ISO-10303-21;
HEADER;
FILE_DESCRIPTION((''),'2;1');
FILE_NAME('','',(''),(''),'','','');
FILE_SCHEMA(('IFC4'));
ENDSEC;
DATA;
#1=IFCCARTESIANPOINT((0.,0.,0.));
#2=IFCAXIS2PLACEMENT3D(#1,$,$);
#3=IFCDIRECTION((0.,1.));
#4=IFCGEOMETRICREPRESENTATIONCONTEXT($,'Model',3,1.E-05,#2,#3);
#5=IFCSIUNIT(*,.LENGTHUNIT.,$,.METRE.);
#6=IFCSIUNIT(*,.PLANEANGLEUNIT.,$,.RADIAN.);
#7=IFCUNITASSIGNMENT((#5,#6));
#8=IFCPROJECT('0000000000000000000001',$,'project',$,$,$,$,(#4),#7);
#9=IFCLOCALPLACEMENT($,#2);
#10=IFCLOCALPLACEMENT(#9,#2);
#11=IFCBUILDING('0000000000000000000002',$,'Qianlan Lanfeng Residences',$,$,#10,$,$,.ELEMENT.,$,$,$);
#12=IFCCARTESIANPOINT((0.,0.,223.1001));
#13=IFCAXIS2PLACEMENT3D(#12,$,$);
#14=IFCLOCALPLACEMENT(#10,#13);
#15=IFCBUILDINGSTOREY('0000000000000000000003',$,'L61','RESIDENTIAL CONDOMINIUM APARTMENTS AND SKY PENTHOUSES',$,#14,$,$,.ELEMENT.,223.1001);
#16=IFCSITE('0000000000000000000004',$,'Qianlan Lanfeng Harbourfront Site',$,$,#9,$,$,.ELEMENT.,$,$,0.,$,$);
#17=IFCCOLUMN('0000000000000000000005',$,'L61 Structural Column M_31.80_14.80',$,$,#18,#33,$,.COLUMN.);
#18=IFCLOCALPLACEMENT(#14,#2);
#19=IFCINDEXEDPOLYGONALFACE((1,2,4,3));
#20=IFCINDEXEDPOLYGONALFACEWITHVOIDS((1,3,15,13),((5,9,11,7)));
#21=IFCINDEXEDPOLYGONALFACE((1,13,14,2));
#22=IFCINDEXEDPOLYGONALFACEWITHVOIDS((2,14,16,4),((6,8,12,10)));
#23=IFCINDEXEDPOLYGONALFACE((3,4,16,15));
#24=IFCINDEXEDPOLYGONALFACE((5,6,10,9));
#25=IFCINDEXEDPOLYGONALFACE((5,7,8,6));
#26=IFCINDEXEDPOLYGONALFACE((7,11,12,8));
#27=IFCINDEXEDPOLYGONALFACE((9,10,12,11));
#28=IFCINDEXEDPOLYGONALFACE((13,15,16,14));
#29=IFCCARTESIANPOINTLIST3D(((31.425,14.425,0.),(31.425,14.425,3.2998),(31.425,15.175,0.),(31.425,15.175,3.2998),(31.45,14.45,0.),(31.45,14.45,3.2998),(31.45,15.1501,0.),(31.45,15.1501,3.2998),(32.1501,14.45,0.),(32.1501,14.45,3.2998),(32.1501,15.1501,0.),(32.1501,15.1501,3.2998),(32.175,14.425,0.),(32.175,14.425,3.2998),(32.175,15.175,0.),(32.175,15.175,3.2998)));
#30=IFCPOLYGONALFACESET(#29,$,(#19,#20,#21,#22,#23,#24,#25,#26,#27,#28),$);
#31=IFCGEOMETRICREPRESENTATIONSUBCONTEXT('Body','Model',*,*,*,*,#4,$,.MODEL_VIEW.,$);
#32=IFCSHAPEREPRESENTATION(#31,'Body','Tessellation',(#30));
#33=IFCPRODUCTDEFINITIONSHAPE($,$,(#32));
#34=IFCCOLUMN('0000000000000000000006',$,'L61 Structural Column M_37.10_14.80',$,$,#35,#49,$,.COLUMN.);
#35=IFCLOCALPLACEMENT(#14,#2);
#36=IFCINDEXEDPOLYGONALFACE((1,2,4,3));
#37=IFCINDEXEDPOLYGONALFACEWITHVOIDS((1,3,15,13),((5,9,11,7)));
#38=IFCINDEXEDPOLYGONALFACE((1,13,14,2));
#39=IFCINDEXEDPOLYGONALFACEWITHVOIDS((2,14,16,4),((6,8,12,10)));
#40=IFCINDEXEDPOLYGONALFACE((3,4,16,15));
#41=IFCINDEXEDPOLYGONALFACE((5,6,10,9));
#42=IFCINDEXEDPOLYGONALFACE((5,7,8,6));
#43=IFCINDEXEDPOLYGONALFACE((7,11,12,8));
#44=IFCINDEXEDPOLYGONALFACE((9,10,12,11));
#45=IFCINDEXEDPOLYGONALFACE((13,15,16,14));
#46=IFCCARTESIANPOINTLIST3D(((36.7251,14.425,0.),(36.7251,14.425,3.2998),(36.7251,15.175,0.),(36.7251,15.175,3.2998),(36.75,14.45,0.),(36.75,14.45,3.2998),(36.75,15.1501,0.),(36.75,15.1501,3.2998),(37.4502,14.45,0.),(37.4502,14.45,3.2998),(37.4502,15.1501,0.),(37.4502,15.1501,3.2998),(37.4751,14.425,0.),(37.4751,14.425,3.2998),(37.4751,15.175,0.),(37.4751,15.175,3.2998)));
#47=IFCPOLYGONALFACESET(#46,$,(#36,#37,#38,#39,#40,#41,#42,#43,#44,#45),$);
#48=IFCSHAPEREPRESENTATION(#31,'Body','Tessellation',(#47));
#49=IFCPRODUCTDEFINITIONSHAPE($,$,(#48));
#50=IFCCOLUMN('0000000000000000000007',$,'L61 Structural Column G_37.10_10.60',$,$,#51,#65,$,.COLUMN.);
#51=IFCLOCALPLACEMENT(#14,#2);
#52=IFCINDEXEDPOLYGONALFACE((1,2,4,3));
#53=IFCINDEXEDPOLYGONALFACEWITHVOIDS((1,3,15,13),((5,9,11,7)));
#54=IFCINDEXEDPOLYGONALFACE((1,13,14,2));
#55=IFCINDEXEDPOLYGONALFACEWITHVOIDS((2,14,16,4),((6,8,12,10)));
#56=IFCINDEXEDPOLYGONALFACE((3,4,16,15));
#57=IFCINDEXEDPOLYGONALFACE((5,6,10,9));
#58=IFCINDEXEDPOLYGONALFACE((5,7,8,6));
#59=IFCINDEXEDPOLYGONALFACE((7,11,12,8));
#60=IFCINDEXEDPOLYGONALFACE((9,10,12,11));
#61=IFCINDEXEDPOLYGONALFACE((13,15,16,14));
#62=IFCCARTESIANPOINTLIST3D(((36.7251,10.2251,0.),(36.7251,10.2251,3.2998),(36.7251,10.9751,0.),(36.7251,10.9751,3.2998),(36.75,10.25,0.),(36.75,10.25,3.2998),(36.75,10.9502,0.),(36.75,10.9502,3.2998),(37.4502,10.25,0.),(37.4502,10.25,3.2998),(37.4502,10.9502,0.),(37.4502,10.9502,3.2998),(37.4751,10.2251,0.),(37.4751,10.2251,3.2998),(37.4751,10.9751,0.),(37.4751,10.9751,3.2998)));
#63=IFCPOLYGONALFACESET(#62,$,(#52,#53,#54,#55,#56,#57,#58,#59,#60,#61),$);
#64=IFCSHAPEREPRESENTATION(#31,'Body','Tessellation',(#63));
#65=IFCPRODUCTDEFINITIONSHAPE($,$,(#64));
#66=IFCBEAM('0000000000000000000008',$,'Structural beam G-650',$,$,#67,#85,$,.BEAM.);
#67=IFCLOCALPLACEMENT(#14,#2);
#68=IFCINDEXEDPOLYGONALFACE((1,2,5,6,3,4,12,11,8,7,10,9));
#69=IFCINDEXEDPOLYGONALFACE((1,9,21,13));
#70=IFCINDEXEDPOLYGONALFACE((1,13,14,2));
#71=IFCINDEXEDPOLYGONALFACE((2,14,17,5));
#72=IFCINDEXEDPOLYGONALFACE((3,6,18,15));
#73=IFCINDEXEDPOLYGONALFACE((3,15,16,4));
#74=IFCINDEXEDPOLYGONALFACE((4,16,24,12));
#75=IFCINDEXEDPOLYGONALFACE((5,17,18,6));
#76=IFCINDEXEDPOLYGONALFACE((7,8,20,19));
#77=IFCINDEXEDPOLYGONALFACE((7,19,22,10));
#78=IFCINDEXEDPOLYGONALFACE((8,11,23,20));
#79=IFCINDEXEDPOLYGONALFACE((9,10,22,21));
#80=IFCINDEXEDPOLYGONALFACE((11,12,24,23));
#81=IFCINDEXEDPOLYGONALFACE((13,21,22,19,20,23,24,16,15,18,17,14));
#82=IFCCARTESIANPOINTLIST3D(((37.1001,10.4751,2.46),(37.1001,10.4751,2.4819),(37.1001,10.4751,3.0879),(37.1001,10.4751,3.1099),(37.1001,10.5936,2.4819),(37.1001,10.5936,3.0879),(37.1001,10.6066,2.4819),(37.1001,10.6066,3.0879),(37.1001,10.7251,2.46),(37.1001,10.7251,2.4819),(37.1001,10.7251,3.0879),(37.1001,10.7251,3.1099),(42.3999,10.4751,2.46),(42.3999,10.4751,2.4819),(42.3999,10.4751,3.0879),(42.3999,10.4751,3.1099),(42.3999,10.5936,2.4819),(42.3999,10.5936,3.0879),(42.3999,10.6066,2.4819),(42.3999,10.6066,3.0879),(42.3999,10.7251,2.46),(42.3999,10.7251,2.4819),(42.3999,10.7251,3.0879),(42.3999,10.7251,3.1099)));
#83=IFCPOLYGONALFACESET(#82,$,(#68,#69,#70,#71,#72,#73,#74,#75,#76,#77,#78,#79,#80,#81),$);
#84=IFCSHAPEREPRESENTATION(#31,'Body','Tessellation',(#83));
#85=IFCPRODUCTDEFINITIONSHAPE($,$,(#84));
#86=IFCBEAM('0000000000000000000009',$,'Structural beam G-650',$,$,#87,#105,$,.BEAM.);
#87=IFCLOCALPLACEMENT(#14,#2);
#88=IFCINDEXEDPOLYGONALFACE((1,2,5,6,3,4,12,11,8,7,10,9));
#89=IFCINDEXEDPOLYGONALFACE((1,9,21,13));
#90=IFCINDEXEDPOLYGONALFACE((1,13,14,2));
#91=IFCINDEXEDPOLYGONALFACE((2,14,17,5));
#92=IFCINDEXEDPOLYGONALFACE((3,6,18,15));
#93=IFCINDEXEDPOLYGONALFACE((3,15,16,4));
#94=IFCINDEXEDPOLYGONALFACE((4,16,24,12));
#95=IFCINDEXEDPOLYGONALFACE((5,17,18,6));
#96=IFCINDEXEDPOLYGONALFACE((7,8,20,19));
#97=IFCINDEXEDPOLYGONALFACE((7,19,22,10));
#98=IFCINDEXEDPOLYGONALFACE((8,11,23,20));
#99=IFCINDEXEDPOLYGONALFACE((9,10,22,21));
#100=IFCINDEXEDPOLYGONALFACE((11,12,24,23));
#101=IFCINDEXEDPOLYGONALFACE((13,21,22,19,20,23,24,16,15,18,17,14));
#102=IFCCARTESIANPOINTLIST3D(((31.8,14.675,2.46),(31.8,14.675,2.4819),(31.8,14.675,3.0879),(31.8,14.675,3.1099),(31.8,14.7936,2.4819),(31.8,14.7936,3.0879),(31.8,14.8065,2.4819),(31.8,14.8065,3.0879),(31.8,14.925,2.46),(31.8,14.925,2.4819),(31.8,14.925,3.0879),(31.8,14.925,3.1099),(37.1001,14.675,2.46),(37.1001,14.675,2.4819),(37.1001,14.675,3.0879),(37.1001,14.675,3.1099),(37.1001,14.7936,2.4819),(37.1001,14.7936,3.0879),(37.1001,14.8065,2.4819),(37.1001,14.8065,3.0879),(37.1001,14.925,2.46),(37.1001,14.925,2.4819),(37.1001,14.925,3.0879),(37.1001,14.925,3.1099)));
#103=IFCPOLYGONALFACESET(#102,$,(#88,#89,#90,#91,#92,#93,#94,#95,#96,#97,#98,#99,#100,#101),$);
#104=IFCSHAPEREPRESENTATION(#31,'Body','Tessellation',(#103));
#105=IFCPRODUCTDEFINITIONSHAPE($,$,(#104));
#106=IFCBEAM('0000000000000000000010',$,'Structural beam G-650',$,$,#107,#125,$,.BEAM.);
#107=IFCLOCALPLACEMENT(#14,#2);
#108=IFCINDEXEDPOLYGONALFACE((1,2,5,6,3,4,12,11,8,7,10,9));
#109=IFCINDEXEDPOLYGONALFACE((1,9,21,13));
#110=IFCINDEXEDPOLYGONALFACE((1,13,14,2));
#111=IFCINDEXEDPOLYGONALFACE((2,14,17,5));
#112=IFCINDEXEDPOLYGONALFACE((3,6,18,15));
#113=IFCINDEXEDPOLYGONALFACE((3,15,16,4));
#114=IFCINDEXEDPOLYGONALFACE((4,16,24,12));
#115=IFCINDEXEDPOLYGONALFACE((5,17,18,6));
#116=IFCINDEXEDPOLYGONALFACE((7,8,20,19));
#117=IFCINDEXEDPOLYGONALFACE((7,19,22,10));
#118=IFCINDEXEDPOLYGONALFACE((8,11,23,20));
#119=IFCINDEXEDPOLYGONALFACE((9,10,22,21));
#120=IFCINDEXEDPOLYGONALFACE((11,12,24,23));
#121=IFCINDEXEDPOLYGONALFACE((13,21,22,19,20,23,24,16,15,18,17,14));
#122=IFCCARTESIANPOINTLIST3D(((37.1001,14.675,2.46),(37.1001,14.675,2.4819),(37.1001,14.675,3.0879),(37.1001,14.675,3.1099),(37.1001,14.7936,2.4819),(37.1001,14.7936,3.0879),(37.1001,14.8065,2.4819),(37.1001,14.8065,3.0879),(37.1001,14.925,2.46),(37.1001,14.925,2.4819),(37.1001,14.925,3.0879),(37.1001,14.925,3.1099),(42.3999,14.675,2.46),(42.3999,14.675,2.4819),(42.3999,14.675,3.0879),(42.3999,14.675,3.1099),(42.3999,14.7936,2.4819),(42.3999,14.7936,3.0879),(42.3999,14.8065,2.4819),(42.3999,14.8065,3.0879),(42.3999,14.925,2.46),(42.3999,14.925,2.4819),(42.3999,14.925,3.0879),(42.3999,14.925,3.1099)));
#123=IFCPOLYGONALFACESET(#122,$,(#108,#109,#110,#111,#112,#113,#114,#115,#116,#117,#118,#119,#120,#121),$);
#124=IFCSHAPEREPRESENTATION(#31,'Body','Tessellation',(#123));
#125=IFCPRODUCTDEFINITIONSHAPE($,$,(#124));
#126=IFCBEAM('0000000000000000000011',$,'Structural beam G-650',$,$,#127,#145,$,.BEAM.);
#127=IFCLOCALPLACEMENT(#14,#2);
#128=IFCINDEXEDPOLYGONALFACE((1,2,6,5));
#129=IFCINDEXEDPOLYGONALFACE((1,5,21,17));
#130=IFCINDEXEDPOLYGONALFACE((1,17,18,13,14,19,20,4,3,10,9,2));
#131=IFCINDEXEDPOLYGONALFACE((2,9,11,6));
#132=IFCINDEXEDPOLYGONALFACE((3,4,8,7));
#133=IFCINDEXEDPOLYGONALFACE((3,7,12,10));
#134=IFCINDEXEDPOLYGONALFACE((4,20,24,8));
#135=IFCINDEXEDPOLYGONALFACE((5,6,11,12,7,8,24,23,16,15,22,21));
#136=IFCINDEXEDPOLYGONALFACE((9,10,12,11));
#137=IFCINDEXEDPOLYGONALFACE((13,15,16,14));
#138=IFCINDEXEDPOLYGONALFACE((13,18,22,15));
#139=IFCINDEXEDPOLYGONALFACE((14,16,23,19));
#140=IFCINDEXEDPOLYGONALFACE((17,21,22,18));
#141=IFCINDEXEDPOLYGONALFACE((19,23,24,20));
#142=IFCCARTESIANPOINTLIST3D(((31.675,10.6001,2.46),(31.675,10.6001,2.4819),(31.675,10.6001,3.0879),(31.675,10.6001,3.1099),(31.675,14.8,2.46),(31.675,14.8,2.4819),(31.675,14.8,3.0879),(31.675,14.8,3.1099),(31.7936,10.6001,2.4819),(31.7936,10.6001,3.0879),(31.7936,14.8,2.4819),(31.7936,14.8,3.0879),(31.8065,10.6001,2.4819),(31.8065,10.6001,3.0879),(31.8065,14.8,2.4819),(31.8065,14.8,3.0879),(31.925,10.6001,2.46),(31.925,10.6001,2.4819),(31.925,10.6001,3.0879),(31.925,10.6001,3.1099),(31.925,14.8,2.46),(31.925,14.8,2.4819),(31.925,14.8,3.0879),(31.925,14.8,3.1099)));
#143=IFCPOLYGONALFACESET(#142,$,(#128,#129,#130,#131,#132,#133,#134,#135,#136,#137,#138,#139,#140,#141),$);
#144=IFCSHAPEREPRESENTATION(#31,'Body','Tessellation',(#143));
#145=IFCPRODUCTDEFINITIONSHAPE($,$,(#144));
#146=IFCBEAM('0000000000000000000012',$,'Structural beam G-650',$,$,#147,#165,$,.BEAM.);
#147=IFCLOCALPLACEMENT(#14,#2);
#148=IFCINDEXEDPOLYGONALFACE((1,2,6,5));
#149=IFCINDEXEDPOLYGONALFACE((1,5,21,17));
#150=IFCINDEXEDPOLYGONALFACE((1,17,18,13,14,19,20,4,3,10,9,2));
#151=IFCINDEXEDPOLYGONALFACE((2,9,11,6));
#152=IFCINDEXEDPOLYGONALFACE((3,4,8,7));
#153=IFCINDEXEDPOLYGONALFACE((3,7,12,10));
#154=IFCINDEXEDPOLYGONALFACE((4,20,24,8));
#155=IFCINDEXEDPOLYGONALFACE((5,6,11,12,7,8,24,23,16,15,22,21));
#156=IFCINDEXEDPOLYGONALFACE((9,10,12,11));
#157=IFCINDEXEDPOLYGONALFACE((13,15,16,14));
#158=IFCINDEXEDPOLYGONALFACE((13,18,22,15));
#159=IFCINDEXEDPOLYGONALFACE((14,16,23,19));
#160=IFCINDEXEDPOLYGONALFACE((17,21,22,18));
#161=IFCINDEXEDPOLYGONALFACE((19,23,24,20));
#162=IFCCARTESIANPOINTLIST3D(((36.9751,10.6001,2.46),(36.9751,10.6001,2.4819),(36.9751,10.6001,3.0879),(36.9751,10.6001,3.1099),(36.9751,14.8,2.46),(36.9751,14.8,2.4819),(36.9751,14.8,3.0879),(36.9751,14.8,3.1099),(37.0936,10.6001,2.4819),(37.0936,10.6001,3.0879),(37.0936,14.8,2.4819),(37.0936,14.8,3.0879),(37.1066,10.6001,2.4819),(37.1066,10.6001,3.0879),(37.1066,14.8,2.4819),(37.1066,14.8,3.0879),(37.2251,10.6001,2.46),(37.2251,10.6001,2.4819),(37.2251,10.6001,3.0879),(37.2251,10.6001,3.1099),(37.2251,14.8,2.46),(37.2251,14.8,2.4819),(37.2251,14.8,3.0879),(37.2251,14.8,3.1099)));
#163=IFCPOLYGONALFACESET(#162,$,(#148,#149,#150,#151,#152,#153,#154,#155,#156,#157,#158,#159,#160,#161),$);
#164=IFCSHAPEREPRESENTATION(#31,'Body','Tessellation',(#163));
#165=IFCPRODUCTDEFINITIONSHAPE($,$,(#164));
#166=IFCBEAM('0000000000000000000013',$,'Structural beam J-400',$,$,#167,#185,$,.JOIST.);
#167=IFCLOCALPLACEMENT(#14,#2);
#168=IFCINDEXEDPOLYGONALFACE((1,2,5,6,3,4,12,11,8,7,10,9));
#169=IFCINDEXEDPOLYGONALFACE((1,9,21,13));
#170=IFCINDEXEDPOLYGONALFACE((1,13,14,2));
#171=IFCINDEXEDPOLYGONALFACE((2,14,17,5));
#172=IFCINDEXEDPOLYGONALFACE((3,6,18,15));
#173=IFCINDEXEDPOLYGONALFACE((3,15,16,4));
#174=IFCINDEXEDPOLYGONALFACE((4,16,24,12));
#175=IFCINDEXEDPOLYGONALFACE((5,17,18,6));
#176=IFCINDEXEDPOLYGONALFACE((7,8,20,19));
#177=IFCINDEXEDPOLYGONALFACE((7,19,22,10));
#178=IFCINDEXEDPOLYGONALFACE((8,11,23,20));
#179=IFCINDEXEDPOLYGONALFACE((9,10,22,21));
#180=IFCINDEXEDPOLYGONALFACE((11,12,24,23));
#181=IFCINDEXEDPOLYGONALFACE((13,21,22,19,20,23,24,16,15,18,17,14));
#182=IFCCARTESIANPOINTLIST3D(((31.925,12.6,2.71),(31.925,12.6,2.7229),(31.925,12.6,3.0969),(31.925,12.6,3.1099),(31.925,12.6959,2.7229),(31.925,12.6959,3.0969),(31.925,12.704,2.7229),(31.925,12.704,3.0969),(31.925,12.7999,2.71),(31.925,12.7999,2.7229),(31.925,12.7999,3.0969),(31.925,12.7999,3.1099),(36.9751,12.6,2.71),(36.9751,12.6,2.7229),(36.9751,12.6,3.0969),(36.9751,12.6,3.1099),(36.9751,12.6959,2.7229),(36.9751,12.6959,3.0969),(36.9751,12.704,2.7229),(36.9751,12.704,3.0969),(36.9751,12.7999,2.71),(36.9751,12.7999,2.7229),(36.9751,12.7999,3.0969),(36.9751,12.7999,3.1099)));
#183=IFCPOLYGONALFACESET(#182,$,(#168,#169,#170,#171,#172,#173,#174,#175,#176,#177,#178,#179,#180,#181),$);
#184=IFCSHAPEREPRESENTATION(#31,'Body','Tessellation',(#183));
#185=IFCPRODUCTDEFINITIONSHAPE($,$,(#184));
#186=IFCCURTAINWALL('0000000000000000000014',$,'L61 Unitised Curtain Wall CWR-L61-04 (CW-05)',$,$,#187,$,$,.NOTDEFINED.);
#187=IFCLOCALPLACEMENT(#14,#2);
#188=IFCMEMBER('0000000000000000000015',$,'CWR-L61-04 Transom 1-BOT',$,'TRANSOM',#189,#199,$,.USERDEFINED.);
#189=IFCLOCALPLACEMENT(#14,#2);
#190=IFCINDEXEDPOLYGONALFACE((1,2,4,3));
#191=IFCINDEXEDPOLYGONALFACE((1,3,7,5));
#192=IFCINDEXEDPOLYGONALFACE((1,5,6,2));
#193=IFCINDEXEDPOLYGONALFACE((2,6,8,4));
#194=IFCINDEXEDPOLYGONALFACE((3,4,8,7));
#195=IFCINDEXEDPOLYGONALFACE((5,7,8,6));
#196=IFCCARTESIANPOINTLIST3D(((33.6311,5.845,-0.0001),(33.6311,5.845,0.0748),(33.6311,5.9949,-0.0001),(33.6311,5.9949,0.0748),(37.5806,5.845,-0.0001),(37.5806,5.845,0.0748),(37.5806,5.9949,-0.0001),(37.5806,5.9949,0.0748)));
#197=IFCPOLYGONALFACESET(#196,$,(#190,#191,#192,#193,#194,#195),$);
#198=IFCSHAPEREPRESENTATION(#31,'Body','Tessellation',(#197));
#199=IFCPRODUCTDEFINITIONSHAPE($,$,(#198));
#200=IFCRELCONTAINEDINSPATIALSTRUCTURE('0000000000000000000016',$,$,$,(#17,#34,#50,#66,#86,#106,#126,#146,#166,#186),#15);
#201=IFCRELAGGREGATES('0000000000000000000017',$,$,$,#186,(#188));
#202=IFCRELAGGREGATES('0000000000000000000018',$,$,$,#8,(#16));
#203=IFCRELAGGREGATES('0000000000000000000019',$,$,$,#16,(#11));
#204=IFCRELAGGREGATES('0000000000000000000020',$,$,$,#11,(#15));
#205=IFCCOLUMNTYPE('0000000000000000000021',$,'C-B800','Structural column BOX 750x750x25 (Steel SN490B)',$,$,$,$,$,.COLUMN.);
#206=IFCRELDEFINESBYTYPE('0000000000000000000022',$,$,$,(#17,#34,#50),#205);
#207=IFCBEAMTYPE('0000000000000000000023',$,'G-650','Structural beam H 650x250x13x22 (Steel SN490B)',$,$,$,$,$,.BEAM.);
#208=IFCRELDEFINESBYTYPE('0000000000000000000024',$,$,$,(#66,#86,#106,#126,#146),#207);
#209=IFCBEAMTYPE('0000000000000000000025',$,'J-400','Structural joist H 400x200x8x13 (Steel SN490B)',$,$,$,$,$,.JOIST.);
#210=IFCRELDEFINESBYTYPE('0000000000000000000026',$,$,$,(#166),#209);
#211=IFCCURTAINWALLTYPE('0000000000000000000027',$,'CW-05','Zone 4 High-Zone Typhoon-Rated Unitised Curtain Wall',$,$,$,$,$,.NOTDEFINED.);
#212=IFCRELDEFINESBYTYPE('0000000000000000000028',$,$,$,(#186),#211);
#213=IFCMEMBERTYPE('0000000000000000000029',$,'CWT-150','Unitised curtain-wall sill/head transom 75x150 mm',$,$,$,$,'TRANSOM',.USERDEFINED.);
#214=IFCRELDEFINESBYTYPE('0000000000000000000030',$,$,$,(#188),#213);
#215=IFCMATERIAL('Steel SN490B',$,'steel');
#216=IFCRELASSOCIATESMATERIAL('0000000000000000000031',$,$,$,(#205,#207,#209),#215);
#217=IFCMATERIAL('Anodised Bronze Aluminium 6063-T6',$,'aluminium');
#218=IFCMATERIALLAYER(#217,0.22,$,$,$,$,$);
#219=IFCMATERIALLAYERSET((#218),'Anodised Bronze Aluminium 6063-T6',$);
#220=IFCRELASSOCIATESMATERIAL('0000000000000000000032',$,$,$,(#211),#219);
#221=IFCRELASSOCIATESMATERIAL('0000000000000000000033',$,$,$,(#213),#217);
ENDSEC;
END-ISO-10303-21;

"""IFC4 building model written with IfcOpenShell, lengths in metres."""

from ifc_helpers import new_model, si_unit, direction, frame, origin, origin_2d, place, context, subcontext, project, spatial, rectangle, hollow_rectangle, i_section, extrude, source, transform, mapped, material, layer, layer_set, material_profile, profile_set, type_object, element, aggregate, save


model = new_model("IFC4")

# Units and contexts
model_context = context("Model", 3, precision=1e-05, world=origin(), true_north=direction((0.0, 1.0)))
body_context = subcontext(model_context, "Body", "Model", "MODEL_VIEW")
ifc_project = project(units=[si_unit("LENGTHUNIT", "METRE"), si_unit("PLANEANGLEUNIT", "RADIAN")], contexts=[model_context])

# Site, building, storey
site_placement = place(None, origin())
site = spatial("IfcSite", under=ifc_project, at=site_placement, Name="Qianlan Lanfeng Harbourfront Site", CompositionType="ELEMENT", RefElevation=0.0)
building_placement = place(site_placement, origin())
building = spatial("IfcBuilding", under=site, at=building_placement, Name="Qianlan Lanfeng Residences", CompositionType="ELEMENT")
storey_placement = place(building_placement, frame((0.0, 0.0, 223.1001)))
storey = spatial("IfcBuildingStorey", under=building, at=storey_placement, Name="L61", Description="RESIDENTIAL CONDOMINIUM APARTMENTS AND SKY PENTHOUSES", CompositionType="ELEMENT", Elevation=223.1001)

# Columns
ifc_material_1 = material(Name="Steel SN490B", Category="steel")
ifc_material_profile_1 = material_profile(ifc_material_1, hollow_rectangle(XDim=0.75, YDim=0.75, WallThickness=0.0249, at=origin_2d()), Name="BOX 750x750x25")
ifc_profile_set_1 = profile_set([ifc_material_profile_1], Name="Steel SN490B")
column_type = type_object("IfcColumnType", Name="C-B800", Description="Structural column BOX 750x750x25 (Steel SN490B)", PredefinedType="COLUMN", material=ifc_profile_set_1)
for number, where, z_axis, x_axis, name in (
    (1, (31.8, 14.8, 0.0), (0.0, 0.0, 1.0), (1.0, 0.0, 0.0), "L61 Structural Column M_31.80_14.80"),
    (2, (37.1001, 14.8, 0.0), (0.0, 0.0, 1.0), (1.0, 0.0, 0.0), "L61 Structural Column M_37.10_14.80"),
    (3, (37.1001, 10.6001, 0.0), (0.0, 0.0, 1.0), (1.0, 0.0, 0.0), "L61 Structural Column G_37.10_10.60"),
):
    element("IfcColumn", number, at=place(storey_placement, frame(where, z_axis=z_axis, x_axis=x_axis)), inside=storey, type_object=column_type, Name=name, PredefinedType="COLUMN", context=body_context, shape_type="SweptSolid", body=[
        extrude(hollow_rectangle(XDim=0.75, YDim=0.75, WallThickness=0.0249, at=origin_2d()), origin(), (0.0, 0.0, 1.0), 3.2998),
    ])

# Beams
ifc_material_profile_2 = material_profile(ifc_material_1, i_section(OverallWidth=0.25, OverallDepth=0.6499, WebThickness=0.0129, FlangeThickness=0.022, at=origin_2d()), Name="H 650x250x13x22")
ifc_profile_set_2 = profile_set([ifc_material_profile_2], Name="Steel SN490B")
beam_type_1 = type_object("IfcBeamType", Name="G-650", Description="Structural beam H 650x250x13x22 (Steel SN490B)", PredefinedType="BEAM", material=ifc_profile_set_2)
beam_1_placement = place(storey_placement, frame((37.1001, 10.6001, 2.7849), z_axis=(1.0, 0.0, 0.0), x_axis=(0.0, 1.0, 0.0)))
element("IfcBeam", 4, at=beam_1_placement, inside=storey, type_object=beam_type_1, Name="Structural beam G-650", PredefinedType="BEAM", context=body_context, shape_type="SweptSolid", body=[
    extrude(i_section(OverallWidth=0.25, OverallDepth=0.6499, WebThickness=0.0129, FlangeThickness=0.022, at=origin_2d()), origin(), (0.0, 0.0, 1.0), 5.2998),
])
beam_2_placement = place(storey_placement, frame((31.8, 14.8, 2.7849), z_axis=(1.0, 0.0, 0.0), x_axis=(0.0, 1.0, 0.0)))
element("IfcBeam", 5, at=beam_2_placement, inside=storey, type_object=beam_type_1, Name="Structural beam G-650", PredefinedType="BEAM", context=body_context, shape_type="SweptSolid", body=[
    extrude(i_section(OverallWidth=0.25, OverallDepth=0.6499, WebThickness=0.0129, FlangeThickness=0.022, at=origin_2d()), origin(), (0.0, 0.0, 1.0), 5.3),
])
beam_3_placement = place(storey_placement, frame((37.1001, 14.8, 2.7849), z_axis=(1.0, 0.0, 0.0), x_axis=(0.0, 1.0, 0.0)))
element("IfcBeam", 6, at=beam_3_placement, inside=storey, type_object=beam_type_1, Name="Structural beam G-650", PredefinedType="BEAM", context=body_context, shape_type="SweptSolid", body=[
    extrude(i_section(OverallWidth=0.25, OverallDepth=0.6499, WebThickness=0.0129, FlangeThickness=0.022, at=origin_2d()), origin(), (0.0, 0.0, 1.0), 5.2998),
])
for number, where, z_axis, x_axis, name in (
    (7, (31.8, 10.6001, 2.7849), (0.0, 1.0, 0.0), (-1.0, 0.0, 0.0), "Structural beam G-650"),
    (8, (37.1001, 10.6001, 2.7849), (0.0, 1.0, 0.0), (-1.0, 0.0, 0.0), "Structural beam G-650"),
):
    element("IfcBeam", number, at=place(storey_placement, frame(where, z_axis=z_axis, x_axis=x_axis)), inside=storey, type_object=beam_type_1, Name=name, PredefinedType="BEAM", context=body_context, shape_type="SweptSolid", body=[
        extrude(i_section(OverallWidth=0.25, OverallDepth=0.6499, WebThickness=0.0129, FlangeThickness=0.022, at=origin_2d()), origin(), (0.0, 0.0, 1.0), 4.2),
    ])
ifc_material_profile_3 = material_profile(ifc_material_1, i_section(OverallWidth=0.2, OverallDepth=0.3999, WebThickness=0.0081, FlangeThickness=0.0129, at=origin_2d()), Name="H 400x200x8x13")
ifc_profile_set_3 = profile_set([ifc_material_profile_3], Name="Steel SN490B")
beam_type_2 = type_object("IfcBeamType", Name="J-400", Description="Structural joist H 400x200x8x13 (Steel SN490B)", PredefinedType="JOIST", material=ifc_profile_set_3)
beam_4_placement = place(storey_placement, frame((31.925, 12.7, 2.9099), z_axis=(1.0, 0.0, 0.0), x_axis=(0.0, 1.0, 0.0)))
element("IfcBeam", 9, at=beam_4_placement, inside=storey, type_object=beam_type_2, Name="Structural beam J-400", PredefinedType="JOIST", context=body_context, shape_type="SweptSolid", body=[
    extrude(i_section(OverallWidth=0.2, OverallDepth=0.3999, WebThickness=0.0081, FlangeThickness=0.0129, at=origin_2d()), origin(), (0.0, 0.0, 1.0), 5.05),
])

# Curtain wall, member
ifc_material_2 = material(Name="Anodised Bronze Aluminium 6063-T6", Category="aluminium")
ifc_layer_1 = layer(ifc_material_2, 0.22)
ifc_layer_set_1 = layer_set([ifc_layer_1], Name="Anodised Bronze Aluminium 6063-T6")
curtain_wall_type = type_object("IfcCurtainWallType", Name="CW-05", Description="Zone 4 High-Zone Typhoon-Rated Unitised Curtain Wall", PredefinedType="NOTDEFINED", material=ifc_layer_set_1)
curtain_wall_1_placement = place(storey_placement, origin())
curtain_wall_1 = element("IfcCurtainWall", 10, at=curtain_wall_1_placement, inside=storey, type_object=curtain_wall_type, Name="L61 Unitised Curtain Wall CWR-L61-04 (CW-05)", PredefinedType="NOTDEFINED")
ifc_material_profile_4 = material_profile(ifc_material_2, rectangle(XDim=0.075, YDim=0.1499, at=origin_2d()), Name="ALU TRANSOM 75x150")
ifc_profile_set_4 = profile_set([ifc_material_profile_4], Name="Anodised Bronze Aluminium 6063-T6")
member_type_1 = type_object("IfcMemberType", Name="CWT-150", Description="Unitised curtain-wall sill/head transom 75x150 mm", ElementType="TRANSOM", PredefinedType="USERDEFINED", material=ifc_profile_set_4)
shared_shape_1 = source(origin(), body_context, "Body", "SweptSolid", [
    extrude(rectangle(XDim=0.075, YDim=0.1499, at=origin_2d()), origin(), (0.0, 0.0, 1.0), 3.9495),
])
member_1_placement = place(storey_placement, frame((33.6311, 5.9199, 0.0374), z_axis=(1.0, 0.0, 0.0), x_axis=(0.0, 0.0, 1.0)))
member_1 = element("IfcMember", 11, at=member_1_placement, type_object=member_type_1, Name="CWR-L61-04 Transom 1-BOT", ObjectType="TRANSOM", PredefinedType="USERDEFINED", context=body_context, shape_type="MappedRepresentation", body=[
    mapped(shared_shape_1, transform((0.0, 0.0, 0.0), scale=1.0)),
])

aggregate(curtain_wall_1, [member_1])

save(model, "model.ifc")
